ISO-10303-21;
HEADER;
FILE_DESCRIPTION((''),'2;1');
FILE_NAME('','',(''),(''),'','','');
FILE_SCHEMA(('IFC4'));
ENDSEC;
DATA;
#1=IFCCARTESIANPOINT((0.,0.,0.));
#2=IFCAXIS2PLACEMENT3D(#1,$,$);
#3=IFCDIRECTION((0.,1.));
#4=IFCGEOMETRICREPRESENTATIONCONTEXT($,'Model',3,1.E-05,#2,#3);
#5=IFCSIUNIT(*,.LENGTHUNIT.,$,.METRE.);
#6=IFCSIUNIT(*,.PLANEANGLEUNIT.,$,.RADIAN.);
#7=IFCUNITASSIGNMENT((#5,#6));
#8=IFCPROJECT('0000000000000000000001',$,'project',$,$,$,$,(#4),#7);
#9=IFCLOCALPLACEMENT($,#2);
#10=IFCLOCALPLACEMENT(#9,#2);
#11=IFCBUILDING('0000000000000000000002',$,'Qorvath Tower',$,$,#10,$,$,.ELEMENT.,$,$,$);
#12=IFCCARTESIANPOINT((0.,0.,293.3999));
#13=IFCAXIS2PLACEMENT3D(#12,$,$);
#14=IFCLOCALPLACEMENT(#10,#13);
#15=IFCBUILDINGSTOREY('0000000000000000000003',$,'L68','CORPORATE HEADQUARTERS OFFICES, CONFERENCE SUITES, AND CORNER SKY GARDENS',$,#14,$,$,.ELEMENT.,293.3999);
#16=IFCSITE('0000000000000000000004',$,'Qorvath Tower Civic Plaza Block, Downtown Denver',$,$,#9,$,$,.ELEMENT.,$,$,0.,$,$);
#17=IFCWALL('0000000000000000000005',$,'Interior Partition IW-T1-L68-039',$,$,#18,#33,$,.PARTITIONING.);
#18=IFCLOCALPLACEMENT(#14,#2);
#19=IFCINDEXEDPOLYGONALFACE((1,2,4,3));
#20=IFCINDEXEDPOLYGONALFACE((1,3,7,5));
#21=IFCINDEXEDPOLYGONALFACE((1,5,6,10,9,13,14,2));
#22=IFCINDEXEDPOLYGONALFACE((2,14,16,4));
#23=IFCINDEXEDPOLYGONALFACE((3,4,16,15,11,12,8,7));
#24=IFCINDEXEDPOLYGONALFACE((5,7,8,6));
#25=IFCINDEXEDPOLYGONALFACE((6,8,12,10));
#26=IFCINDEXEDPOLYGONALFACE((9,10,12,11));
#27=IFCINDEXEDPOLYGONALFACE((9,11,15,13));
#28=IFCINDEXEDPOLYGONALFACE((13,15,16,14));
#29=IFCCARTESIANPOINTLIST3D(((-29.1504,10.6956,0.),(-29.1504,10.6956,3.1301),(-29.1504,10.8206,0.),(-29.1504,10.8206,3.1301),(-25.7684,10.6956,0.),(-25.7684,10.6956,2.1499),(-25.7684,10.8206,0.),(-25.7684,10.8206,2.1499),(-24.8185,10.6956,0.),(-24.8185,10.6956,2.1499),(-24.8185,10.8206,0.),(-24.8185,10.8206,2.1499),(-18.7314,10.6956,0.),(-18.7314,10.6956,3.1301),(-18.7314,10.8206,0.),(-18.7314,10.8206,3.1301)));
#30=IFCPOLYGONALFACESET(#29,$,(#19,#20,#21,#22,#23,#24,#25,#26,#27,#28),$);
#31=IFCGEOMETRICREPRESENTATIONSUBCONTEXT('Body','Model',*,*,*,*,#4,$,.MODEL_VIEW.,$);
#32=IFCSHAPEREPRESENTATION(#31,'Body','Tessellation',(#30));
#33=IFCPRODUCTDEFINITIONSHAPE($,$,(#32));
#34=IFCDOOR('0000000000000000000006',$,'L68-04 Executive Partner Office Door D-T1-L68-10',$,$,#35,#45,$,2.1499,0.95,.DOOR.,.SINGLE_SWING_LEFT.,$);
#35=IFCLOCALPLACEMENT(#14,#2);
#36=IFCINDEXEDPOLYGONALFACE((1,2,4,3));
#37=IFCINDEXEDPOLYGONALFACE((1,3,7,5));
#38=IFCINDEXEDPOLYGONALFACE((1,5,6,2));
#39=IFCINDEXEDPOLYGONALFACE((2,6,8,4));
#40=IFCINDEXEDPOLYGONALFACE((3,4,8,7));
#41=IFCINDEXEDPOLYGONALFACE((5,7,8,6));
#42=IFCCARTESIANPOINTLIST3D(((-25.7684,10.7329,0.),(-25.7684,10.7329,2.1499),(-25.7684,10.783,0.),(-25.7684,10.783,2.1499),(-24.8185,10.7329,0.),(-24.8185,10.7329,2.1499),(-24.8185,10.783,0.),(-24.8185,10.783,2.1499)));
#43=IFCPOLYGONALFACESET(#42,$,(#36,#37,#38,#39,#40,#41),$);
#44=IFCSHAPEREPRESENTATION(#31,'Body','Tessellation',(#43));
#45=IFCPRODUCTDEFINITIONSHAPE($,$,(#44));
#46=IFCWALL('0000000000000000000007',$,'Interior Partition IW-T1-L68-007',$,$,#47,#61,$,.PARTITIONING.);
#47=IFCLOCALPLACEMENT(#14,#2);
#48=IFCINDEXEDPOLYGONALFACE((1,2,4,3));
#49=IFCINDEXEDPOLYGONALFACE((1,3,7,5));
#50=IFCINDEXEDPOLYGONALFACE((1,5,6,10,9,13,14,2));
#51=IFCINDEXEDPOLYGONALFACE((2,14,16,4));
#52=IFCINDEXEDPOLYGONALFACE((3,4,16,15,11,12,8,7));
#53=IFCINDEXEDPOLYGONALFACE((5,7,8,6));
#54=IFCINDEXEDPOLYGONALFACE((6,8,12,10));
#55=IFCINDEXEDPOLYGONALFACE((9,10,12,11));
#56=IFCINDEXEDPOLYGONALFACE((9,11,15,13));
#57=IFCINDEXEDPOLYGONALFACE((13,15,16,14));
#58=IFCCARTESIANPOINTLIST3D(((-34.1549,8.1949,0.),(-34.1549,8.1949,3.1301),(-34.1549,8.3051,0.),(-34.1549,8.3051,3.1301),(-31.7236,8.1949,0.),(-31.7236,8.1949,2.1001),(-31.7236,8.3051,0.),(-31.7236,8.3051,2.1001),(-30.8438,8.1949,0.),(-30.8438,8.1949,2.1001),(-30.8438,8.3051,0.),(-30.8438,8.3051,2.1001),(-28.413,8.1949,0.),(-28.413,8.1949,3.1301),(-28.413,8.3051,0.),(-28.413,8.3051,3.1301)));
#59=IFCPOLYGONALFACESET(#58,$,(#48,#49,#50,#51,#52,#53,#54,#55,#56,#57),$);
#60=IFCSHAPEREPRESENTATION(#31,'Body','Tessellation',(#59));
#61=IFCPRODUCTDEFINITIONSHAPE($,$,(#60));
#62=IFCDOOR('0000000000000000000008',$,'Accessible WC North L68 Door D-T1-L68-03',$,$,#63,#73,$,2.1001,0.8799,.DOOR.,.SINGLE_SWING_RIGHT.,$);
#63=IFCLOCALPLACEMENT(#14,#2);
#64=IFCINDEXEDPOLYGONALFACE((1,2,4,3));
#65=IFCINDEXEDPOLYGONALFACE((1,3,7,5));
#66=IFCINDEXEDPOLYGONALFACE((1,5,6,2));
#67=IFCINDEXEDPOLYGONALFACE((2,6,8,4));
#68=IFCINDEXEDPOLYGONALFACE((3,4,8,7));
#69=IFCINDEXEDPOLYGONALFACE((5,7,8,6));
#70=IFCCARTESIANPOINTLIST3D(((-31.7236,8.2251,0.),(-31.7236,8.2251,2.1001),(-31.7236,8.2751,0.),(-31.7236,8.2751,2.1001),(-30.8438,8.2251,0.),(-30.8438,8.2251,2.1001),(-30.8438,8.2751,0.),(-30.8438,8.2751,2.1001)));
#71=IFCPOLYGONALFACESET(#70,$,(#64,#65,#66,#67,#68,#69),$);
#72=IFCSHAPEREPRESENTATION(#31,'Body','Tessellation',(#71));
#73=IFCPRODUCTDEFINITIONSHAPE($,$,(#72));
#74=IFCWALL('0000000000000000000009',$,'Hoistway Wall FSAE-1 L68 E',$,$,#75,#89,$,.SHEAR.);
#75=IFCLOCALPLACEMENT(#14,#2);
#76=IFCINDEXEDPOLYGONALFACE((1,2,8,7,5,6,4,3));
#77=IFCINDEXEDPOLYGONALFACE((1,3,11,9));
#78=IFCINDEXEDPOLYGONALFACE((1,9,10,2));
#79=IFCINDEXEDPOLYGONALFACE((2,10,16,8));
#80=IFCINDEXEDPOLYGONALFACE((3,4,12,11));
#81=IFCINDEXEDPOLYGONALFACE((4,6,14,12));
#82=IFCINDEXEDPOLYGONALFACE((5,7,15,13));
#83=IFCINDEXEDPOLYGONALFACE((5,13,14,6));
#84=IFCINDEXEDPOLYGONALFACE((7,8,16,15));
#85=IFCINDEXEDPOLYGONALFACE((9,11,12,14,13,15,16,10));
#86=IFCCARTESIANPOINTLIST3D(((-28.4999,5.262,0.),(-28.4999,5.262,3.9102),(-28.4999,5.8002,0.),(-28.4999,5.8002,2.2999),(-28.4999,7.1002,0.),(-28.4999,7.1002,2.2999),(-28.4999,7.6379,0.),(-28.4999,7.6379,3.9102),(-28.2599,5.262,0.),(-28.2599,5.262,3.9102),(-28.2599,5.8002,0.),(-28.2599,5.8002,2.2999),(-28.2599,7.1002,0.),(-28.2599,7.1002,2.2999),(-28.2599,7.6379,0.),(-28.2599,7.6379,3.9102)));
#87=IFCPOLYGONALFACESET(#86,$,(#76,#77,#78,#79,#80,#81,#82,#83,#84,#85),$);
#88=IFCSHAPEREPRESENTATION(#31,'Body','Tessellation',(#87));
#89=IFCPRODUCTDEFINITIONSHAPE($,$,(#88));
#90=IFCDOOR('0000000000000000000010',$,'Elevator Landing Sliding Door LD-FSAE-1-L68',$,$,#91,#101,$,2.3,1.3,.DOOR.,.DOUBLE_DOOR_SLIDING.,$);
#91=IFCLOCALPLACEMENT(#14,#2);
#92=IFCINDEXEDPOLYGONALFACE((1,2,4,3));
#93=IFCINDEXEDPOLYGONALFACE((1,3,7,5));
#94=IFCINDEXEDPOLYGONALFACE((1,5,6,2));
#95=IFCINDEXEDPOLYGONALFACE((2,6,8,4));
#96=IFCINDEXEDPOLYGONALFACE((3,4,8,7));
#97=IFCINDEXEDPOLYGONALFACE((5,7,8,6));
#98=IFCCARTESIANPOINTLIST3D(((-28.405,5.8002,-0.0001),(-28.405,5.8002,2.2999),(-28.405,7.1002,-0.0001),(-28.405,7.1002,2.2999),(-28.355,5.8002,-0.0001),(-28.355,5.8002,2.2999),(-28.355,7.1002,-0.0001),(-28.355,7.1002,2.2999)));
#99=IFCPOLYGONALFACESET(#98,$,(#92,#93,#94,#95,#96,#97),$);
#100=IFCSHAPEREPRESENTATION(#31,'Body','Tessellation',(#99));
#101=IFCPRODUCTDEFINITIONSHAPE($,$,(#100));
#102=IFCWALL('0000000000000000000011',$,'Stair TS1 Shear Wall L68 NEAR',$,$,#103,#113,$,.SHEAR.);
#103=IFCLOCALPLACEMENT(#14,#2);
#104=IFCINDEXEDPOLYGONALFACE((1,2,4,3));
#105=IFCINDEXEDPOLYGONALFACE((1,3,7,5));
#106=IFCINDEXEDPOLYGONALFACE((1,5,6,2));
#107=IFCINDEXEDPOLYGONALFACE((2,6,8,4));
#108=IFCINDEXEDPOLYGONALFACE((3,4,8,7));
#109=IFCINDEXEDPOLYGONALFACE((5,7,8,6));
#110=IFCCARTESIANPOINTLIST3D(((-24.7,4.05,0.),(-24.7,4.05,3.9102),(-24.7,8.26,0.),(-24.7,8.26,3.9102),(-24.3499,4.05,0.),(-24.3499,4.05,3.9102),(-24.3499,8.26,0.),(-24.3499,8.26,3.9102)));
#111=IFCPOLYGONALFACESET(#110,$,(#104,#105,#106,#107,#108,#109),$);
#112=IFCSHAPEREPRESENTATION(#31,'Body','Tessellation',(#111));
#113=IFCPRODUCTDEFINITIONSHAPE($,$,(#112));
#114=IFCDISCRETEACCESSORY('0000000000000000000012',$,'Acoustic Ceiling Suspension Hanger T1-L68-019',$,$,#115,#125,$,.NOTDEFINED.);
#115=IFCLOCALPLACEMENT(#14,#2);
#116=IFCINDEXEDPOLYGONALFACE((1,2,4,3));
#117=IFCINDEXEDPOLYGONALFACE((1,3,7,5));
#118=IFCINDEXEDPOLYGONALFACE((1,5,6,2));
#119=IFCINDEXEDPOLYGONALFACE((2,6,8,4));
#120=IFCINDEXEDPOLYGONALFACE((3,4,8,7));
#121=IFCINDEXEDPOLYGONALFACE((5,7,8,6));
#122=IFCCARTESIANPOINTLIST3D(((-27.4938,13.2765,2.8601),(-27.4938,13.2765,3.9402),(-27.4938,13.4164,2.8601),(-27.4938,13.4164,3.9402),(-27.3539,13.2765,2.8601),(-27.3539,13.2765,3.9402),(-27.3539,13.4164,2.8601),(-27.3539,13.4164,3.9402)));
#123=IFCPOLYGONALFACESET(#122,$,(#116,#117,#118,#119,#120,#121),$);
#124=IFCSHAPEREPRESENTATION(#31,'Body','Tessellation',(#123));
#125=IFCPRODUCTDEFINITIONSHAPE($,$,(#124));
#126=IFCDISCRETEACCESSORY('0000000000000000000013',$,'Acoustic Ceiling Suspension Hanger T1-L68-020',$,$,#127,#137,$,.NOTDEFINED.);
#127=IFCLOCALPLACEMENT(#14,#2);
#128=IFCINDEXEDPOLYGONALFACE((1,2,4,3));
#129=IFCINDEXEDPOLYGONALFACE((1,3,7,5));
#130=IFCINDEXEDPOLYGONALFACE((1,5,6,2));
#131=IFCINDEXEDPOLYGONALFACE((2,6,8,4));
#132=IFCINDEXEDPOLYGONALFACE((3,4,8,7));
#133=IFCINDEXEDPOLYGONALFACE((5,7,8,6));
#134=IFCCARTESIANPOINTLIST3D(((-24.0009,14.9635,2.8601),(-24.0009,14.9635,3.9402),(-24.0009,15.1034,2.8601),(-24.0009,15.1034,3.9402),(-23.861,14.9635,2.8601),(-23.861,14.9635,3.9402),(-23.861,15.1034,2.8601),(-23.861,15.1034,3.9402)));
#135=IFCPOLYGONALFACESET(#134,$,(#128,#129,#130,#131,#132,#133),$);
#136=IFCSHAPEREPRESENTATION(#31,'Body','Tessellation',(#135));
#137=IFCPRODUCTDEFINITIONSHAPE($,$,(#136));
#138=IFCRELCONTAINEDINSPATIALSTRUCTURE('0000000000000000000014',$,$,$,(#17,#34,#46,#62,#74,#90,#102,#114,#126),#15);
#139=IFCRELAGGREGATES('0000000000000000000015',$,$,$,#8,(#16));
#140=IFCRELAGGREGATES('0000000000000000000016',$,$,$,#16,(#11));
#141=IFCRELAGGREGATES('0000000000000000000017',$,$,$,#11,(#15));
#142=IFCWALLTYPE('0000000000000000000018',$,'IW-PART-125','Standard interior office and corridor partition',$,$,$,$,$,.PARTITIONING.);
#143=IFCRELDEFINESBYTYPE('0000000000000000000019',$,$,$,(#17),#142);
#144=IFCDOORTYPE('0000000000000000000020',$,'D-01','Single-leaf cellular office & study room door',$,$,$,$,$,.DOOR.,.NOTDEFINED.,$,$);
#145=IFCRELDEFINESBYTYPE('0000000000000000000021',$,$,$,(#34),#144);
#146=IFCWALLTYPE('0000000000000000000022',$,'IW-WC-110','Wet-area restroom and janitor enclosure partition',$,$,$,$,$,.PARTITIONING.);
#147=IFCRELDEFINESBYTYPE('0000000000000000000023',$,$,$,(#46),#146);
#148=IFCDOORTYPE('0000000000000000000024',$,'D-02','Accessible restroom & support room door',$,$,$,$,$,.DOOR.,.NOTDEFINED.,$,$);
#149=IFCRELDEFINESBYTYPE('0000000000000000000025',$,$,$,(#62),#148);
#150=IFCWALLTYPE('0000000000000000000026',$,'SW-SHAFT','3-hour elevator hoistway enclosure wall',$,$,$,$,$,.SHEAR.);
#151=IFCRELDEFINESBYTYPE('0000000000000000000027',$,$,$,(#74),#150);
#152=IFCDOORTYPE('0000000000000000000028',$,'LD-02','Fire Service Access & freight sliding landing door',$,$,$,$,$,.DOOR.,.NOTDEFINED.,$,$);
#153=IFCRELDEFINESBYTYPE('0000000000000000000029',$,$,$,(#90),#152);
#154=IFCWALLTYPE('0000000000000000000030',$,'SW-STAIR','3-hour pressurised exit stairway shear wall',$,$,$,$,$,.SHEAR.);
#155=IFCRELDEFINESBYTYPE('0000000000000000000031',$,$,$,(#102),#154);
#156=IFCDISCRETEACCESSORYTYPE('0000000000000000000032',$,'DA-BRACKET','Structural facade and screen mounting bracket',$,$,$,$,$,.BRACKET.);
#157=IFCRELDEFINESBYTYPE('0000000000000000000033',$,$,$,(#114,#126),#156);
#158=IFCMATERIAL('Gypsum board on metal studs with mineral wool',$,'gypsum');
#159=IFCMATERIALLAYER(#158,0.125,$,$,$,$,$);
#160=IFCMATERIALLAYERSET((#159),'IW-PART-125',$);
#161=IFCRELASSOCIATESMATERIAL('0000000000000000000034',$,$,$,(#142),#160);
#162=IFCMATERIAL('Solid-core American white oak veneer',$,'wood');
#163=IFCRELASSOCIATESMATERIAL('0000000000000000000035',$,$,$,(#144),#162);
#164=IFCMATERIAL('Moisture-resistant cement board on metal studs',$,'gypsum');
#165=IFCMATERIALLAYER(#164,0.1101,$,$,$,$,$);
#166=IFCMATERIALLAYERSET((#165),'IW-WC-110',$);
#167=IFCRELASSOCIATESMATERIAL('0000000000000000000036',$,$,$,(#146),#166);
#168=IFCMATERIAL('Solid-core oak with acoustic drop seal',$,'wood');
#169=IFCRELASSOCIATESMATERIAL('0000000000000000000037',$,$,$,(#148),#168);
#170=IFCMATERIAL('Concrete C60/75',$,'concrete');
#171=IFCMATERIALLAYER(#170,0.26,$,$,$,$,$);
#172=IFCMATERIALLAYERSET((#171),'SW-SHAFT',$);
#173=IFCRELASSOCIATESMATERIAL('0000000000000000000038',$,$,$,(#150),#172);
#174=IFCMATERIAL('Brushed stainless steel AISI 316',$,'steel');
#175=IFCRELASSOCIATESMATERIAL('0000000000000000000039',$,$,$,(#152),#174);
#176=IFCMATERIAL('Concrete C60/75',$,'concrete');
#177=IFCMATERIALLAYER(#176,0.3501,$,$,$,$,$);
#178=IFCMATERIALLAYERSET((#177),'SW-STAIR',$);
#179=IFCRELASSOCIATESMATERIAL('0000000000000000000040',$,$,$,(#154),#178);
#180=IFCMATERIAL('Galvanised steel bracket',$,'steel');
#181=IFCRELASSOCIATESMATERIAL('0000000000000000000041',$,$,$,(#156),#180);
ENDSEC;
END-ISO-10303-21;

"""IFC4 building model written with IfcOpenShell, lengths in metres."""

from ifc_helpers import new_model, si_unit, direction, frame, frame_2d, origin, origin_2d, place, context, subcontext, project, spatial, rectangle, extrude, material, layer, layer_set, type_object, element, fill, save


model = new_model("IFC4")

# Units and contexts
model_context = context("Model", 3, precision=1e-05, world=origin(), true_north=direction((0.0, 1.0)))
body_context = subcontext(model_context, "Body", "Model", "MODEL_VIEW")
ifc_project = project(units=[si_unit("LENGTHUNIT", "METRE"), si_unit("PLANEANGLEUNIT", "RADIAN")], contexts=[model_context])

# Site, building, storey
site_placement = place(None, origin())
site = spatial("IfcSite", under=ifc_project, at=site_placement, Name="Qorvath Tower Civic Plaza Block, Downtown Denver", CompositionType="ELEMENT", RefElevation=0.0)
building_placement = place(site_placement, origin())
building = spatial("IfcBuilding", under=site, at=building_placement, Name="Qorvath Tower", CompositionType="ELEMENT")
storey_placement = place(building_placement, frame((0.0, 0.0, 293.3999)))
storey = spatial("IfcBuildingStorey", under=building, at=storey_placement, Name="L68", Description="CORPORATE HEADQUARTERS OFFICES, CONFERENCE SUITES, AND CORNER SKY GARDENS", CompositionType="ELEMENT", Elevation=293.3999)

# Shared definitions
ifc_material_1 = material(Name="Gypsum board on metal studs with mineral wool", Category="gypsum")
ifc_layer_1 = layer(ifc_material_1, 0.125)
ifc_layer_set_1 = layer_set([ifc_layer_1], Name="IW-PART-125")
wall_type_1 = type_object("IfcWallType", Name="IW-PART-125", Description="Standard interior office and corridor partition", PredefinedType="PARTITIONING", material=ifc_layer_set_1)

# Walls, openings, doors
wall_1_placement = place(storey_placement, frame((-29.1504, 10.7581, 0.0), z_axis=(0.0, 0.0, 1.0), x_axis=(1.0, 0.0, 0.0)))
wall_1 = element("IfcWall", 1, at=wall_1_placement, inside=storey, type_object=wall_type_1, Name="Interior Partition IW-T1-L68-039", PredefinedType="PARTITIONING", context=body_context, shape_type="SweptSolid", body=[
    extrude(rectangle(XDim=10.4189, YDim=0.125, at=frame_2d((5.2095, 0.0))), origin(), (0.0, 0.0, 1.0), 3.1301),
])
opening_1_placement = place(wall_1_placement, frame((3.3818, 0.0, 0.0)))
opening_1 = element("IfcOpeningElement", 2, at=opening_1_placement, cuts=wall_1, PredefinedType="OPENING", context=body_context, shape_type="SweptSolid", body=[
    extrude(rectangle(XDim=0.95, YDim=2.1499, at=frame_2d((0.4751, 1.075))), frame((0.0, 0.0725, 0.0), z_axis=(0.0, -1.0, 0.0), x_axis=(1.0, 0.0, 0.0)), (0.0, 0.0, 1.0), 0.145),
])
ifc_material_2 = material(Name="Solid-core American white oak veneer", Category="wood")
door_type_1 = type_object("IfcDoorType", Name="D-01", Description="Single-leaf cellular office & study room door", OperationType="NOTDEFINED", PredefinedType="DOOR", material=ifc_material_2)
door_1_placement = place(opening_1_placement, origin())
door_1 = element("IfcDoor", 3, at=door_1_placement, inside=storey, type_object=door_type_1, Name="L68-04 Executive Partner Office Door D-T1-L68-10", OperationType="SINGLE_SWING_LEFT", OverallHeight=2.1499, OverallWidth=0.95, PredefinedType="DOOR", context=body_context, shape_type="SweptSolid", body=[
    extrude(rectangle(XDim=0.95, YDim=2.1499, at=frame_2d((0.4751, 1.075))), frame((0.0, 0.0249, 0.0), z_axis=(0.0, -1.0, 0.0), x_axis=(1.0, 0.0, 0.0)), (0.0, 0.0, 1.0), 0.05),
])
fill(opening_1, door_1)
ifc_material_3 = material(Name="Moisture-resistant cement board on metal studs", Category="gypsum")
ifc_layer_2 = layer(ifc_material_3, 0.1101)
ifc_layer_set_2 = layer_set([ifc_layer_2], Name="IW-WC-110")
wall_type_2 = type_object("IfcWallType", Name="IW-WC-110", Description="Wet-area restroom and janitor enclosure partition", PredefinedType="PARTITIONING", material=ifc_layer_set_2)
wall_2_placement = place(storey_placement, frame((-28.4128, 8.25, 0.0), z_axis=(0.0, 0.0, 1.0), x_axis=(-1.0, 0.0, 0.0)))
wall_2 = element("IfcWall", 4, at=wall_2_placement, inside=storey, type_object=wall_type_2, Name="Interior Partition IW-T1-L68-007", PredefinedType="PARTITIONING", context=body_context, shape_type="SweptSolid", body=[
    extrude(rectangle(XDim=5.7419, YDim=0.1101, at=frame_2d((2.8711, 0.0))), origin(), (0.0, 0.0, 1.0), 3.1301),
])
opening_2_placement = place(wall_2_placement, frame((2.4309, 0.0, 0.0)))
opening_2 = element("IfcOpeningElement", 5, at=opening_2_placement, cuts=wall_2, PredefinedType="OPENING", context=body_context, shape_type="SweptSolid", body=[
    extrude(rectangle(XDim=0.8799, YDim=2.1001, at=frame_2d((0.4399, 1.05))), frame((0.0, 0.0649, 0.0), z_axis=(0.0, -1.0, 0.0), x_axis=(1.0, 0.0, 0.0)), (0.0, 0.0, 1.0), 0.1301),
])
ifc_material_4 = material(Name="Solid-core oak with acoustic drop seal", Category="wood")
door_type_2 = type_object("IfcDoorType", Name="D-02", Description="Accessible restroom & support room door", OperationType="NOTDEFINED", PredefinedType="DOOR", material=ifc_material_4)
door_2_placement = place(opening_2_placement, origin())
door_2 = element("IfcDoor", 6, at=door_2_placement, inside=storey, type_object=door_type_2, Name="Accessible WC North L68 Door D-T1-L68-03", OperationType="SINGLE_SWING_RIGHT", OverallHeight=2.1001, OverallWidth=0.8799, PredefinedType="DOOR", context=body_context, shape_type="SweptSolid", body=[
    extrude(rectangle(XDim=0.8799, YDim=2.1001, at=frame_2d((0.4399, 1.05))), frame((0.0, 0.0249, 0.0), z_axis=(0.0, -1.0, 0.0), x_axis=(1.0, 0.0, 0.0)), (0.0, 0.0, 1.0), 0.05),
])
fill(opening_2, door_2)
ifc_material_5 = material(Name="Concrete C60/75", Category="concrete")
ifc_layer_3 = layer(ifc_material_5, 0.26)
ifc_layer_set_3 = layer_set([ifc_layer_3], Name="SW-SHAFT")
wall_type_3 = type_object("IfcWallType", Name="SW-SHAFT", Description="3-hour elevator hoistway enclosure wall", PredefinedType="SHEAR", material=ifc_layer_set_3)
wall_3_placement = place(storey_placement, frame((-28.3799, 7.6379, 0.0), z_axis=(0.0, 0.0, 1.0), x_axis=(0.0, -1.0, 0.0)))
wall_3 = element("IfcWall", 7, at=wall_3_placement, inside=storey, type_object=wall_type_3, Name="Hoistway Wall FSAE-1 L68 E", PredefinedType="SHEAR", context=body_context, shape_type="SweptSolid", body=[
    extrude(rectangle(XDim=2.376, YDim=0.24, at=frame_2d((1.188, 0.0))), origin(), (0.0, 0.0, 1.0), 3.9102),
])
opening_3_placement = place(wall_3_placement, frame((0.5378, 0.0, 0.0)))
opening_3 = element("IfcOpeningElement", 8, at=opening_3_placement, cuts=wall_3, PredefinedType="OPENING", context=body_context, shape_type="SweptSolid", body=[
    extrude(rectangle(XDim=1.3, YDim=2.3, at=frame_2d((0.6499, 1.1499))), frame((0.0, 0.1299, 0.0), z_axis=(0.0, -1.0, 0.0), x_axis=(1.0, 0.0, 0.0)), (0.0, 0.0, 1.0), 0.26),
])
ifc_material_6 = material(Name="Brushed stainless steel AISI 316", Category="steel")
door_type_3 = type_object("IfcDoorType", Name="LD-02", Description="Fire Service Access & freight sliding landing door", OperationType="NOTDEFINED", PredefinedType="DOOR", material=ifc_material_6)
door_3_placement = place(opening_3_placement, origin())
door_3 = element("IfcDoor", 9, at=door_3_placement, inside=storey, type_object=door_type_3, Name="Elevator Landing Sliding Door LD-FSAE-1-L68", OperationType="DOUBLE_DOOR_SLIDING", OverallHeight=2.3, OverallWidth=1.3, PredefinedType="DOOR", context=body_context, shape_type="SweptSolid", body=[
    extrude(rectangle(XDim=1.3, YDim=2.3, at=frame_2d((0.6499, 1.1499))), frame((0.0, 0.0249, 0.0), z_axis=(0.0, -1.0, 0.0), x_axis=(1.0, 0.0, 0.0)), (0.0, 0.0, 1.0), 0.05),
])
fill(opening_3, door_3)

# Wall
ifc_material_7 = material(Name="Concrete C60/75", Category="concrete")
ifc_layer_4 = layer(ifc_material_7, 0.3501)
ifc_layer_set_4 = layer_set([ifc_layer_4], Name="SW-STAIR")
wall_type_4 = type_object("IfcWallType", Name="SW-STAIR", Description="3-hour pressurised exit stairway shear wall", PredefinedType="SHEAR", material=ifc_layer_set_4)
wall_4_placement = place(storey_placement, frame((-24.5249, 8.26, 0.0), z_axis=(0.0, 0.0, 1.0), x_axis=(0.0, -1.0, 0.0)))
element("IfcWall", 10, at=wall_4_placement, inside=storey, type_object=wall_type_4, Name="Stair TS1 Shear Wall L68 NEAR", PredefinedType="SHEAR", context=body_context, shape_type="SweptSolid", body=[
    extrude(rectangle(XDim=4.21, YDim=0.3501, at=frame_2d((2.105, 0.0))), origin(), (0.0, 0.0, 1.0), 3.9102),
])

# Discrete accessories
ifc_material_8 = material(Name="Galvanised steel bracket", Category="steel")
discrete_accessory_type = type_object("IfcDiscreteAccessoryType", Name="DA-BRACKET", Description="Structural facade and screen mounting bracket", PredefinedType="BRACKET", material=ifc_material_8)
for number, where, z_axis, x_axis, name in (
    (11, (-27.4238, 13.3464, 2.8601), (0.0, 0.0, 1.0), (1.0, 0.0, 0.0), "Acoustic Ceiling Suspension Hanger T1-L68-019"),
    (12, (-23.9309, 15.0334, 2.8601), (0.0, 0.0, 1.0), (1.0, 0.0, 0.0), "Acoustic Ceiling Suspension Hanger T1-L68-020"),
):
    element("IfcDiscreteAccessory", number, at=place(storey_placement, frame(where, z_axis=z_axis, x_axis=x_axis)), inside=storey, type_object=discrete_accessory_type, Name=name, PredefinedType="NOTDEFINED", context=body_context, shape_type="SweptSolid", body=[
        extrude(rectangle(XDim=0.1399, YDim=0.1399, at=origin_2d()), origin(), (0.0, 0.0, 1.0), 1.0801),
    ])

save(model, "model.ifc")
